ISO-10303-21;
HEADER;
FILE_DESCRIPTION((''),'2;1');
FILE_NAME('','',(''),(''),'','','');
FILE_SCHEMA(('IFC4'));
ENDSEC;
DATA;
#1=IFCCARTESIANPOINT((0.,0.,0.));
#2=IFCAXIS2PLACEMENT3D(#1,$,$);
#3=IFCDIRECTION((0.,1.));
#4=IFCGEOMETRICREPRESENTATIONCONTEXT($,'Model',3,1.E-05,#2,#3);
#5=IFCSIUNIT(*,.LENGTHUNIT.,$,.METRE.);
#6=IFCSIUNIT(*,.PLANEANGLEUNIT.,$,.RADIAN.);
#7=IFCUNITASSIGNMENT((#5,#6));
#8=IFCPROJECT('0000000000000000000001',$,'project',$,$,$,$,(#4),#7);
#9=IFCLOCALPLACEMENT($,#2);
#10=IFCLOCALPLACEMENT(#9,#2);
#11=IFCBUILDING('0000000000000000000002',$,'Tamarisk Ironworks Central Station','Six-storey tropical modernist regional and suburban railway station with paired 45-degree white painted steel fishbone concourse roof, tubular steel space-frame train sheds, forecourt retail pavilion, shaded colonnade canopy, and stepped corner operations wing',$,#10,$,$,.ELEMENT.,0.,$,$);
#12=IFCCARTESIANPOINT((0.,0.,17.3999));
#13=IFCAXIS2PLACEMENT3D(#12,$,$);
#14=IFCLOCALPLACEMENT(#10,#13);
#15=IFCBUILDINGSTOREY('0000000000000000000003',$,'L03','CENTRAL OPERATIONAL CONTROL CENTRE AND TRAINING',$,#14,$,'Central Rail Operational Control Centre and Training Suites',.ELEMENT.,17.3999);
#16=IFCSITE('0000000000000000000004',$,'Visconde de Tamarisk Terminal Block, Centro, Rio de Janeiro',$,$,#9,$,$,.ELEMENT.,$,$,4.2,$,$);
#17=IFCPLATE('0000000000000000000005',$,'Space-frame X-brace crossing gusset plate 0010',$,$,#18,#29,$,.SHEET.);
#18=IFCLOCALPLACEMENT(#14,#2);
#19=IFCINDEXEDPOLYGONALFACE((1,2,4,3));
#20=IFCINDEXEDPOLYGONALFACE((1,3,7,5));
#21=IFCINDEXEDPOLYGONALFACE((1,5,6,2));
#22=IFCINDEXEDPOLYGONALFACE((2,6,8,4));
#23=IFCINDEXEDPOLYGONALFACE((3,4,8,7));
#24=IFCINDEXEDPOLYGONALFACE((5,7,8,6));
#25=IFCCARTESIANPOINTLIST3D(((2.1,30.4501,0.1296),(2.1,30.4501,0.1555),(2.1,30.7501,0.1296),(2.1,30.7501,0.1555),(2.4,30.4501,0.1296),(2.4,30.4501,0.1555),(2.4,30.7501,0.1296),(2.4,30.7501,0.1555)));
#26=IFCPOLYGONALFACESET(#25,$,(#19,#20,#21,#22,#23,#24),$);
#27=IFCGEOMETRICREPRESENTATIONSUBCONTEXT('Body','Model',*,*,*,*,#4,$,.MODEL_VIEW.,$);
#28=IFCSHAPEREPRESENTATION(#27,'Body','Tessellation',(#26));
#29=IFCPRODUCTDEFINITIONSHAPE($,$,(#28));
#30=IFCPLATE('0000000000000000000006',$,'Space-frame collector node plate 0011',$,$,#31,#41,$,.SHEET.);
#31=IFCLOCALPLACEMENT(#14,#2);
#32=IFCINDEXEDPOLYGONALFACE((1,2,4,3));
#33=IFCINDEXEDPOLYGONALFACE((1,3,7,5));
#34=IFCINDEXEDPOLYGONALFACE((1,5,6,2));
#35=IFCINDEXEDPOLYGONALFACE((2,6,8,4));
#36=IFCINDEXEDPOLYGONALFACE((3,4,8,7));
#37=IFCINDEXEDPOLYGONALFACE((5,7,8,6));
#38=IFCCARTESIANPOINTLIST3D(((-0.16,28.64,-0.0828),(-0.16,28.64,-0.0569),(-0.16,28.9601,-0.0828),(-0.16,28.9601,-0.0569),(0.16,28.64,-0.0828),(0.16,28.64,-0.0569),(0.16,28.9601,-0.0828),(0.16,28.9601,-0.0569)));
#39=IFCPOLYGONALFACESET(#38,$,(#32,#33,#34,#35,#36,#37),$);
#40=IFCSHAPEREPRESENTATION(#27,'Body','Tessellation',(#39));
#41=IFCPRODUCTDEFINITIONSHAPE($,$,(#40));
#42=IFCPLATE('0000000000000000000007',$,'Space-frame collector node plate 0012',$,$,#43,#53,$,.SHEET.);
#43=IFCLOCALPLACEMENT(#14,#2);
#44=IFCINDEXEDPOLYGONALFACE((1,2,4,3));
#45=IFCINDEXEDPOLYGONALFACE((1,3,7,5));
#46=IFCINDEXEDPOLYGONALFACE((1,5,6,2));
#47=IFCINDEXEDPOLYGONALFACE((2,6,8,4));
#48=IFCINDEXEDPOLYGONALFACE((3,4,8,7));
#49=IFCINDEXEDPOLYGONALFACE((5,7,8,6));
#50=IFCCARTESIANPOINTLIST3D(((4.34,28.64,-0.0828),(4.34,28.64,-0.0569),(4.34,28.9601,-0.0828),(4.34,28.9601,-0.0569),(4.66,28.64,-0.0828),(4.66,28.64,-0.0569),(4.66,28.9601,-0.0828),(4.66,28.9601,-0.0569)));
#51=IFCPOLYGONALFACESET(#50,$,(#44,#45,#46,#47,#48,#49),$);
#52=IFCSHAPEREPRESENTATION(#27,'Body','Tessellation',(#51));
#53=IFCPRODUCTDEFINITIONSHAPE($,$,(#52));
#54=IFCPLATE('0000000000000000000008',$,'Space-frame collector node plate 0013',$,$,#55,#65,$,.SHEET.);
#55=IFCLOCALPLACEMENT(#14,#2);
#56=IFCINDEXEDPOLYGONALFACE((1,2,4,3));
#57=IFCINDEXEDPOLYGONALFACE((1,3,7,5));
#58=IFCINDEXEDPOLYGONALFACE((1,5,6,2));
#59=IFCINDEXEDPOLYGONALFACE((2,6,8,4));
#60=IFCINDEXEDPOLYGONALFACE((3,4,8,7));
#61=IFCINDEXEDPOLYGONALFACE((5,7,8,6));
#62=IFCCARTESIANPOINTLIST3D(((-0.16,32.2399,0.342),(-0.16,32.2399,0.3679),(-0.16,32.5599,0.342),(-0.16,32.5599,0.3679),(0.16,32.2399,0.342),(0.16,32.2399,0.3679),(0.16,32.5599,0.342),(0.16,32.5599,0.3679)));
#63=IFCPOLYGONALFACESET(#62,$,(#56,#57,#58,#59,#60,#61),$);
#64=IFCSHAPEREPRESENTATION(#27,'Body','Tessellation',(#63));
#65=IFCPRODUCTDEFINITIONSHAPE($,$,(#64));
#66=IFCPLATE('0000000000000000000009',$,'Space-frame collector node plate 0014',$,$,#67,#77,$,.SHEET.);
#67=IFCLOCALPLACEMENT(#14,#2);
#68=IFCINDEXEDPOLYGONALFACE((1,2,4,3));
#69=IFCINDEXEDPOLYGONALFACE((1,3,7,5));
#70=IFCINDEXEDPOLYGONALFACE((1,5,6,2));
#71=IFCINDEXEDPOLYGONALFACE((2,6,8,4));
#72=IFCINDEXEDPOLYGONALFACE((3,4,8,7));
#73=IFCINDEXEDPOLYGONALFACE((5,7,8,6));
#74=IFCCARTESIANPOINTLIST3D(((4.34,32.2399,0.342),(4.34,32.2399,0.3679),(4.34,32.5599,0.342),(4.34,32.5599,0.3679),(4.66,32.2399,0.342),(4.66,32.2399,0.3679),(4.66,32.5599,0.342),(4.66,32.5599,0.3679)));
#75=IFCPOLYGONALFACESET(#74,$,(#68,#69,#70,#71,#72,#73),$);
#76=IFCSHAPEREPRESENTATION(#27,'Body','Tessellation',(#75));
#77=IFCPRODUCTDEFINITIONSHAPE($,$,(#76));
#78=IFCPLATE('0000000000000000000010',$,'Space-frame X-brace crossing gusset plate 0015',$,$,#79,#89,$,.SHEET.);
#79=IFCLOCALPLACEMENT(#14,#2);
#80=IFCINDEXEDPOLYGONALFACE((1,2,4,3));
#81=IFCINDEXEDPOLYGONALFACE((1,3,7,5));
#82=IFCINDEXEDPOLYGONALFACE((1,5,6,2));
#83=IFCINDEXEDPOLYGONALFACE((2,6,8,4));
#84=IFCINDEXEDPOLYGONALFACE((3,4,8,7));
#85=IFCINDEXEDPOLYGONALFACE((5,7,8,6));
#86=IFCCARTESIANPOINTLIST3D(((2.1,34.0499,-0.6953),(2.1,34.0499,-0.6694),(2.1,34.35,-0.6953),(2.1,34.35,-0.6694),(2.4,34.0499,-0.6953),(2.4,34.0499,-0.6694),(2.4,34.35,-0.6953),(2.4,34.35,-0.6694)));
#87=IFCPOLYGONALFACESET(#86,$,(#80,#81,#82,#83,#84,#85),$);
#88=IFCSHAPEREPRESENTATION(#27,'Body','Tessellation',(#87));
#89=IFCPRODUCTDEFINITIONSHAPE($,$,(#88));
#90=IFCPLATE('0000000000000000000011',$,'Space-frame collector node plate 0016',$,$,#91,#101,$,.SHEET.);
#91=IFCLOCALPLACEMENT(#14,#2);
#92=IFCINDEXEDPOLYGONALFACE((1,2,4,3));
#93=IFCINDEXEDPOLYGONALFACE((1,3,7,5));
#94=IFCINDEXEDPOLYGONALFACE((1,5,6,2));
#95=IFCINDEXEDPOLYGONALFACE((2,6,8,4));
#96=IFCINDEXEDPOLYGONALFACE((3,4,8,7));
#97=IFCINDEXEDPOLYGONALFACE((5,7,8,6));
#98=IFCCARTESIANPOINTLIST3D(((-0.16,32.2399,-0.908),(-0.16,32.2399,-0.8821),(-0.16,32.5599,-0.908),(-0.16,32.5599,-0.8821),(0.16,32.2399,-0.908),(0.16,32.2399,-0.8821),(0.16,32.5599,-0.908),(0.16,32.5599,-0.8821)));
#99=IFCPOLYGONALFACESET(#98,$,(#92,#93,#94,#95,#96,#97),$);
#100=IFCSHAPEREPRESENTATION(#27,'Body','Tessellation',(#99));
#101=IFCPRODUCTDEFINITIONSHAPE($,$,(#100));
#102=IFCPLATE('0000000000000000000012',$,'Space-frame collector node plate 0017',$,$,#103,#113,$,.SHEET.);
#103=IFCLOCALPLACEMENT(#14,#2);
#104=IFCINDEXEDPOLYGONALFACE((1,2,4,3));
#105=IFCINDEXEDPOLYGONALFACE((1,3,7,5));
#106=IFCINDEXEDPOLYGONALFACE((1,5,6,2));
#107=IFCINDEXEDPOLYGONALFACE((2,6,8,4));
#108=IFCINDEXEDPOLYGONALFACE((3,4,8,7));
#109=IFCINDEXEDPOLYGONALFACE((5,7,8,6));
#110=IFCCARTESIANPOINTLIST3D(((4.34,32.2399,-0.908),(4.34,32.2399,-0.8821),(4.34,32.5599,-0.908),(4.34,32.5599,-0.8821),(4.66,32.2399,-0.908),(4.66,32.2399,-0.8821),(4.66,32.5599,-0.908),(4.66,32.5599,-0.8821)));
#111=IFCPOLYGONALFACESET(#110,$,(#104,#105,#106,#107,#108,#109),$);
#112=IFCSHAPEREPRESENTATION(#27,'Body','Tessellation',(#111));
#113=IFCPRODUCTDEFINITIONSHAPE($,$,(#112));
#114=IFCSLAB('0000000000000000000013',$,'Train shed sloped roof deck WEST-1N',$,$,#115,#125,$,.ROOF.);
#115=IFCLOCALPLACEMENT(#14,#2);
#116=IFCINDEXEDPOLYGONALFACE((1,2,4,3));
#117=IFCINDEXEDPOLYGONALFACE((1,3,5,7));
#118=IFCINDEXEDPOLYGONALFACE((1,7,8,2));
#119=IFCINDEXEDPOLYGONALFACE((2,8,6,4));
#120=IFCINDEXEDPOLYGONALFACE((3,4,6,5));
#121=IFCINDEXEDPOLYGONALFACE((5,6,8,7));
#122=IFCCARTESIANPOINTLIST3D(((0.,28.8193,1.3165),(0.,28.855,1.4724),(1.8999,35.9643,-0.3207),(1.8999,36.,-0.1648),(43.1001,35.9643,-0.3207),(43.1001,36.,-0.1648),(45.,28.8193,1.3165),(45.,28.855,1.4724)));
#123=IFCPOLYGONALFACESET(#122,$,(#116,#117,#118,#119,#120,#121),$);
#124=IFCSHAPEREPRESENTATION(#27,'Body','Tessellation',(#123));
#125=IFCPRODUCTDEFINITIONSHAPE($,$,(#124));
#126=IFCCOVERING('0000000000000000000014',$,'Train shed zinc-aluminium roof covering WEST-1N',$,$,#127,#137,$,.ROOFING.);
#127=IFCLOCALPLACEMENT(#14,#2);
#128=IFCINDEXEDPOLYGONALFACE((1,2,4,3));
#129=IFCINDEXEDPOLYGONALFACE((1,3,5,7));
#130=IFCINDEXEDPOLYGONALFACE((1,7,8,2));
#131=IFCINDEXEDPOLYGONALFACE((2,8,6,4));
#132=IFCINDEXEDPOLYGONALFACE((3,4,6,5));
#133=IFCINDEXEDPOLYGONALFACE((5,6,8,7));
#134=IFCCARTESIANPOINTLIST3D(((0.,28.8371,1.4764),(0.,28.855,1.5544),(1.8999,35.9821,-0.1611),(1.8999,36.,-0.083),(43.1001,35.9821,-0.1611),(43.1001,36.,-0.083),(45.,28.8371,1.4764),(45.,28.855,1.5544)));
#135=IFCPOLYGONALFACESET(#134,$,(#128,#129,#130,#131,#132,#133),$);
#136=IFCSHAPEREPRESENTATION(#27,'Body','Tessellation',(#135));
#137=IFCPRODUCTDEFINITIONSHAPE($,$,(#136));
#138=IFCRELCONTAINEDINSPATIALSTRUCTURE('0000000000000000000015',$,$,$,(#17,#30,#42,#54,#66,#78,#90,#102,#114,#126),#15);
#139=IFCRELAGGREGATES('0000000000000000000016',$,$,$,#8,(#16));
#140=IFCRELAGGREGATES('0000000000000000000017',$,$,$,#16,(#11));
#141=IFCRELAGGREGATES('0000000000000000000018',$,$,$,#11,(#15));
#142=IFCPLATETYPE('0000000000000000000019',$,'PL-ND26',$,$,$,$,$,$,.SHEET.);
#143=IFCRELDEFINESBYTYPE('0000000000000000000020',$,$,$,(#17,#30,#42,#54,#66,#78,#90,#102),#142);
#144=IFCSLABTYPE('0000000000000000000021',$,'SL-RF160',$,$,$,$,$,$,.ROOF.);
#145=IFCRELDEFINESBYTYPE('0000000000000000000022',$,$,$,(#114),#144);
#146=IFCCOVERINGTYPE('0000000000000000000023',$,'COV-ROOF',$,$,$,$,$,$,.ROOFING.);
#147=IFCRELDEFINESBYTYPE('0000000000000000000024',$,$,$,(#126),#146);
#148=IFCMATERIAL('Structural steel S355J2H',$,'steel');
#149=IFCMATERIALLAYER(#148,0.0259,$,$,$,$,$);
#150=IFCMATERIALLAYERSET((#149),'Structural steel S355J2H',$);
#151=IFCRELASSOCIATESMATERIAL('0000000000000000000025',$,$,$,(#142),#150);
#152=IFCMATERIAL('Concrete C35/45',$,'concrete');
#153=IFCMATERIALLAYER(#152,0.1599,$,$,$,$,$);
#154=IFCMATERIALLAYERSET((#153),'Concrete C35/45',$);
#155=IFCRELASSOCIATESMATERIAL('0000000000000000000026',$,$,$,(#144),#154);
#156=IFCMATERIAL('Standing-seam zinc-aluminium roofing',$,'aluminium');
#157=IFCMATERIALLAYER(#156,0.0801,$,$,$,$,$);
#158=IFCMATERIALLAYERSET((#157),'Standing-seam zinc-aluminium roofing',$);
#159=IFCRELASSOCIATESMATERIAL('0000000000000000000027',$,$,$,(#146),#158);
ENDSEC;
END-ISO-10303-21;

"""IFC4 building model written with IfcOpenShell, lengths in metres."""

from ifc_helpers import new_model, si_unit, direction, frame, origin, origin_2d, place, context, subcontext, project, spatial, polyline, rectangle, outline, extrude, material, layer, layer_set, type_object, element, save


model = new_model("IFC4")

# Units and contexts
model_context = context("Model", 3, precision=1e-05, world=origin(), true_north=direction((0.0, 1.0)))
body_context = subcontext(model_context, "Body", "Model", "MODEL_VIEW")
ifc_project = project(units=[si_unit("LENGTHUNIT", "METRE"), si_unit("PLANEANGLEUNIT", "RADIAN")], contexts=[model_context])

# Site, building, storey
site_placement = place(None, origin())
site = spatial("IfcSite", under=ifc_project, at=site_placement, Name="Visconde de Tamarisk Terminal Block, Centro, Rio de Janeiro", CompositionType="ELEMENT", RefElevation=4.2)
building_placement = place(site_placement, origin())
building = spatial("IfcBuilding", under=site, at=building_placement, Name="Tamarisk Ironworks Central Station", Description="Six-storey tropical modernist regional and suburban railway station with paired 45-degree white painted steel fishbone concourse roof, tubular steel space-frame train sheds, forecourt retail pavilion, shaded colonnade canopy, and stepped corner operations wing", CompositionType="ELEMENT", ElevationOfRefHeight=0.0)
storey_placement = place(building_placement, frame((0.0, 0.0, 17.3999)))
storey = spatial("IfcBuildingStorey", under=building, at=storey_placement, Name="L03", Description="CENTRAL OPERATIONAL CONTROL CENTRE AND TRAINING", LongName="Central Rail Operational Control Centre and Training Suites", CompositionType="ELEMENT", Elevation=17.3999)

# Shared definitions
ifc_material_1 = material(Name="Structural steel S355J2H", Category="steel")

# Plates
ifc_layer_1 = layer(ifc_material_1, 0.0259)
ifc_layer_set_1 = layer_set([ifc_layer_1], Name="Structural steel S355J2H")
plate_type = type_object("IfcPlateType", Name="PL-ND26", PredefinedType="SHEET", material=ifc_layer_set_1)
plate_1_placement = place(storey_placement, frame((2.25, 30.6001, 0.1296), z_axis=(0.0, 0.0, 1.0), x_axis=(1.0, 0.0, 0.0)))
element("IfcPlate", 1, at=plate_1_placement, inside=storey, type_object=plate_type, Name="Space-frame X-brace crossing gusset plate 0010", PredefinedType="SHEET", context=body_context, shape_type="SweptSolid", body=[
    extrude(rectangle(XDim=0.3, YDim=0.3, at=origin_2d()), origin(), (0.0, 0.0, 1.0), 0.0259),
])
for number, where, z_axis, x_axis, name in (
    (2, (0.0, 28.8, -0.0828), (0.0, 0.0, 1.0), (1.0, 0.0, 0.0), "Space-frame collector node plate 0011"),
    (3, (4.5, 28.8, -0.0828), (0.0, 0.0, 1.0), (1.0, 0.0, 0.0), "Space-frame collector node plate 0012"),
    (4, (0.0, 32.3999, 0.342), (0.0, 0.0, 1.0), (1.0, 0.0, 0.0), "Space-frame collector node plate 0013"),
    (5, (4.5, 32.3999, 0.342), (0.0, 0.0, 1.0), (1.0, 0.0, 0.0), "Space-frame collector node plate 0014"),
):
    element("IfcPlate", number, at=place(storey_placement, frame(where, z_axis=z_axis, x_axis=x_axis)), inside=storey, type_object=plate_type, Name=name, PredefinedType="SHEET", context=body_context, shape_type="SweptSolid", body=[
        extrude(rectangle(XDim=0.3201, YDim=0.3201, at=origin_2d()), origin(), (0.0, 0.0, 1.0), 0.0259),
    ])
plate_2_placement = place(storey_placement, frame((2.25, 34.2, -0.6953), z_axis=(0.0, 0.0, 1.0), x_axis=(1.0, 0.0, 0.0)))
element("IfcPlate", 6, at=plate_2_placement, inside=storey, type_object=plate_type, Name="Space-frame X-brace crossing gusset plate 0015", PredefinedType="SHEET", context=body_context, shape_type="SweptSolid", body=[
    extrude(rectangle(XDim=0.3, YDim=0.3, at=origin_2d()), origin(), (0.0, 0.0, 1.0), 0.0259),
])
for number, where, z_axis, x_axis, name in (
    (7, (0.0, 32.3999, -0.908), (0.0, 0.0, 1.0), (1.0, 0.0, 0.0), "Space-frame collector node plate 0016"),
    (8, (4.5, 32.3999, -0.908), (0.0, 0.0, 1.0), (1.0, 0.0, 0.0), "Space-frame collector node plate 0017"),
):
    element("IfcPlate", number, at=place(storey_placement, frame(where, z_axis=z_axis, x_axis=x_axis)), inside=storey, type_object=plate_type, Name=name, PredefinedType="SHEET", context=body_context, shape_type="SweptSolid", body=[
        extrude(rectangle(XDim=0.3201, YDim=0.3201, at=origin_2d()), origin(), (0.0, 0.0, 1.0), 0.0259),
    ])

# Slab
ifc_material_2 = material(Name="Concrete C35/45", Category="concrete")
ifc_layer_2 = layer(ifc_material_2, 0.1599)
ifc_layer_set_2 = layer_set([ifc_layer_2], Name="Concrete C35/45")
slab_type = type_object("IfcSlabType", Name="SL-RF160", PredefinedType="ROOF", material=ifc_layer_set_2)
slab_placement = place(storey_placement, frame((0.0, 28.855, 1.4724), z_axis=(0.0, 0.223351, 0.974738), x_axis=(1.0, 0.0, 0.0)))
element("IfcSlab", 9, at=slab_placement, inside=storey, type_object=slab_type, Name="Train shed sloped roof deck WEST-1N", PredefinedType="ROOF", context=body_context, shape_type="SweptSolid", body=[
    extrude(outline(polyline([(0.0, 0.0), (45.0, 0.0), (43.1001, 7.3302), (1.8999, 7.3302), (0.0, 0.0)])), origin(), (0.0, 0.0, -1.0), 0.1599),
])

# Covering
ifc_material_3 = material(Name="Standing-seam zinc-aluminium roofing", Category="aluminium")
ifc_layer_3 = layer(ifc_material_3, 0.0801)
ifc_layer_set_3 = layer_set([ifc_layer_3], Name="Standing-seam zinc-aluminium roofing")
covering_type = type_object("IfcCoveringType", Name="COV-ROOF", PredefinedType="ROOFING", material=ifc_layer_set_3)
covering_placement = place(storey_placement, frame((0.0, 28.855, 1.5544), z_axis=(0.0, 0.223383, 0.974731), x_axis=(1.0, 0.0, 0.0)))
element("IfcCovering", 10, at=covering_placement, inside=storey, type_object=covering_type, Name="Train shed zinc-aluminium roof covering WEST-1N", PredefinedType="ROOFING", context=body_context, shape_type="SweptSolid", body=[
    extrude(outline(polyline([(0.0, 0.0), (45.0, 0.0), (43.1001, 7.3302), (1.8999, 7.3302), (0.0, 0.0)])), origin(), (0.0, 0.0, -1.0), 0.0801),
])

save(model, "model.ifc")
